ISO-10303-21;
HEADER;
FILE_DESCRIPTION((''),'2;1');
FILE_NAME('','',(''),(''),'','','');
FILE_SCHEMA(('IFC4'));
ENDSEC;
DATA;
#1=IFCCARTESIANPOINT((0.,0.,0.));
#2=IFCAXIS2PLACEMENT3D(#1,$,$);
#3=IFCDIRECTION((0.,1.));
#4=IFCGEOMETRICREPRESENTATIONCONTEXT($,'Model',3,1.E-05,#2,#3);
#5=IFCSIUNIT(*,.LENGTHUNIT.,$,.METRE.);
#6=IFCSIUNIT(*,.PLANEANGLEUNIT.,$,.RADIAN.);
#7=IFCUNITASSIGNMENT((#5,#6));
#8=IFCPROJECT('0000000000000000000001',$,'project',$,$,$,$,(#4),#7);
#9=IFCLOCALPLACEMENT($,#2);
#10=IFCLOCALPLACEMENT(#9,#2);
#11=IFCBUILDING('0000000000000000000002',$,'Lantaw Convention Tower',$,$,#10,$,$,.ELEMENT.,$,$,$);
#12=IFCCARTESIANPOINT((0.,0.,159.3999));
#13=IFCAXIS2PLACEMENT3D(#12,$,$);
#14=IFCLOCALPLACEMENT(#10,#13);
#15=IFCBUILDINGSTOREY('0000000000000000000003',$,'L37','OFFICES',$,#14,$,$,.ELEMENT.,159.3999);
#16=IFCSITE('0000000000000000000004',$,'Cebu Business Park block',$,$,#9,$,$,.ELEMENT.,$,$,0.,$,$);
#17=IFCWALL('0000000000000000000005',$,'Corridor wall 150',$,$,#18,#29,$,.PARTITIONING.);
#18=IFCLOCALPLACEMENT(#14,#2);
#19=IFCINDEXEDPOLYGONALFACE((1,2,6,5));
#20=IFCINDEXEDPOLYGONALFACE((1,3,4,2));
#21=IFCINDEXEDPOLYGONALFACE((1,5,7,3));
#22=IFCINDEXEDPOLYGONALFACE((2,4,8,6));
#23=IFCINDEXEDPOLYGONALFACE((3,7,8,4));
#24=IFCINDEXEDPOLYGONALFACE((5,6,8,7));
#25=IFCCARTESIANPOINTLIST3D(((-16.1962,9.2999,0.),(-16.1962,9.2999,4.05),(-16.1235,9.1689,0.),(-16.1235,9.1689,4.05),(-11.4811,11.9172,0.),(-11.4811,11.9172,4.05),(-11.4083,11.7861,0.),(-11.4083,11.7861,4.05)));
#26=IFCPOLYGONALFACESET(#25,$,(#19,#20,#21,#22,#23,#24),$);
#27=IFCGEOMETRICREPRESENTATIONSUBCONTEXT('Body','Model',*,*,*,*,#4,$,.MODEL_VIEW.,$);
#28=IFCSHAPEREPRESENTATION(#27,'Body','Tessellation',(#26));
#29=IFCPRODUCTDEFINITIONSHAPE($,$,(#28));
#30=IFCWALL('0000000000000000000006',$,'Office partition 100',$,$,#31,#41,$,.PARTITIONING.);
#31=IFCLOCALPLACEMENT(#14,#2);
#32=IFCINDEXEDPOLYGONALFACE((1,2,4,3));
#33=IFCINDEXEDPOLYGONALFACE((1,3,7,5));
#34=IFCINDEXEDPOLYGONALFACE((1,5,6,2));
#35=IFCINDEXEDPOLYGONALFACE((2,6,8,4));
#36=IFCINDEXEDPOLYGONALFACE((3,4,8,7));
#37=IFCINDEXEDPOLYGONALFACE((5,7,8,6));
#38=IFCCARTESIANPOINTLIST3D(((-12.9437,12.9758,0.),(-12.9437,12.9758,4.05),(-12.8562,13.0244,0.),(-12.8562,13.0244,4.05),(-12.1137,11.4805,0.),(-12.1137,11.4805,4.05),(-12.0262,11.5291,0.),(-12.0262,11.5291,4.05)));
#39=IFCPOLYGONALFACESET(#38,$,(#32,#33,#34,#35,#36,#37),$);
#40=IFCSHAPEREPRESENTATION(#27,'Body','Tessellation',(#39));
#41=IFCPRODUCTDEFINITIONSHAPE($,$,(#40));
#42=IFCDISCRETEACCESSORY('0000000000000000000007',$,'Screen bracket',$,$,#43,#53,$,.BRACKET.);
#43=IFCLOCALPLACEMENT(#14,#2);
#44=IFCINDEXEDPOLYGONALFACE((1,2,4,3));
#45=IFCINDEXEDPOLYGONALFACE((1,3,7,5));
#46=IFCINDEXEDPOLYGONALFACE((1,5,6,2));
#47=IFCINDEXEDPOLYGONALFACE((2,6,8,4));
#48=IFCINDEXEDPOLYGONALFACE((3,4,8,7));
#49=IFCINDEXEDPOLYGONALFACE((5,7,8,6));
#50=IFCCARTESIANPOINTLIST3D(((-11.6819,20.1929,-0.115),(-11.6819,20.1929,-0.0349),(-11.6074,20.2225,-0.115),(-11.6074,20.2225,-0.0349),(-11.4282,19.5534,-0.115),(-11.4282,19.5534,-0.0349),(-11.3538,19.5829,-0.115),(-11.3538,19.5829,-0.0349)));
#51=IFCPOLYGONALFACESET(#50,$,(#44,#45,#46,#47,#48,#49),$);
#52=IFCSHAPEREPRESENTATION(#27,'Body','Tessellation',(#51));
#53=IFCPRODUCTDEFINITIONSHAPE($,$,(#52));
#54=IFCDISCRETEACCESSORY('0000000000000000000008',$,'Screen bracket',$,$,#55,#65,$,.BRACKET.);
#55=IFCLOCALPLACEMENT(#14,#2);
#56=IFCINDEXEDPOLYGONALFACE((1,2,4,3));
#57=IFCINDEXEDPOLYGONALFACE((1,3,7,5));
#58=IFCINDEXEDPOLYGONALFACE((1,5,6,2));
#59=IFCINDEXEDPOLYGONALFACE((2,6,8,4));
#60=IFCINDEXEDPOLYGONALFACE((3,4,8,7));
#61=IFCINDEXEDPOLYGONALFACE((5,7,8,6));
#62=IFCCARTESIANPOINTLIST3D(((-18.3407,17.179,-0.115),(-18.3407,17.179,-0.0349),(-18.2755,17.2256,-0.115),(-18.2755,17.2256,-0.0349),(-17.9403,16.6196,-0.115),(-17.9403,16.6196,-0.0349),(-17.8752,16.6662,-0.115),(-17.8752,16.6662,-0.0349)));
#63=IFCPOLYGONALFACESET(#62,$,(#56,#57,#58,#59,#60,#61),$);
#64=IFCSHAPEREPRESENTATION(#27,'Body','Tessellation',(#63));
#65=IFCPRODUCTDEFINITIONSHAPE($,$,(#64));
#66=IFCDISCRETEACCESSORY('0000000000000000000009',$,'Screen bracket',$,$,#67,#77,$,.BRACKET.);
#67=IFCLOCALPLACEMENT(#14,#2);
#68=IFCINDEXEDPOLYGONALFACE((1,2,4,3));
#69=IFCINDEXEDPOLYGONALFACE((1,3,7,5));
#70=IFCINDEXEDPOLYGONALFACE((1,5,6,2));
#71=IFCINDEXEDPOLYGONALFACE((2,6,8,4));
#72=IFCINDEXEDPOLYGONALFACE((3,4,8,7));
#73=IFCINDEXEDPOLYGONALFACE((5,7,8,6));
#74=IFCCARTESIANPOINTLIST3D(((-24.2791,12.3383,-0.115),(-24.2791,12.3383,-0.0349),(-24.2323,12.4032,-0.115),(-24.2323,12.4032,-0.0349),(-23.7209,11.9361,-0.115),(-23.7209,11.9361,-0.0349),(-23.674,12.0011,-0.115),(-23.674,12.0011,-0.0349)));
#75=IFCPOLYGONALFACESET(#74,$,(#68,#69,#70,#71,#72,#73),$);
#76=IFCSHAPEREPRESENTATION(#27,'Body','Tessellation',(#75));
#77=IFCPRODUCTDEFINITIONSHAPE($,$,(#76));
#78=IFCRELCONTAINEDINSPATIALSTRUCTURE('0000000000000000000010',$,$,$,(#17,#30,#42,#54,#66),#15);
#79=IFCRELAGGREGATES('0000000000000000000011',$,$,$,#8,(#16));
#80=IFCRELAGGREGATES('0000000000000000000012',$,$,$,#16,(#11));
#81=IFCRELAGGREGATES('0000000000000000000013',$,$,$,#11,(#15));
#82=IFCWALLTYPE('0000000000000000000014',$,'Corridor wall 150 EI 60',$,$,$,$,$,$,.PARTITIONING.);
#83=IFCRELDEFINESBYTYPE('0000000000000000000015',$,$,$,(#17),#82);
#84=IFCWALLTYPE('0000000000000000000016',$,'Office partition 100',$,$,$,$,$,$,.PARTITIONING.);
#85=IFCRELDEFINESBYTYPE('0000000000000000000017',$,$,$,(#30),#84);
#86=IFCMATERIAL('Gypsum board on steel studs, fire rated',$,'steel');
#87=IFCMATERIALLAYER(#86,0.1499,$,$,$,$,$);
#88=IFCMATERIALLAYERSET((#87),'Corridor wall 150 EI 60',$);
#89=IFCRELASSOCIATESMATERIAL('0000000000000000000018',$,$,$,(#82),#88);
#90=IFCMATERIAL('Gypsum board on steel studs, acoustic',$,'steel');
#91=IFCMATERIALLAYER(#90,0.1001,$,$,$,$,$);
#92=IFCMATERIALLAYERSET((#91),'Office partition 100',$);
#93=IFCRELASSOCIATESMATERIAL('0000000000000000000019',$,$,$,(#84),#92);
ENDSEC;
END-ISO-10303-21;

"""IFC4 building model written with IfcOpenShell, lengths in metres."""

from ifc_helpers import new_model, si_unit, direction, frame, frame_2d, origin, origin_2d, place, context, subcontext, project, spatial, rectangle, extrude, material, layer, layer_set, type_object, element, save


model = new_model("IFC4")

# Units and contexts
model_context = context("Model", 3, precision=1e-05, world=origin(), true_north=direction((0.0, 1.0)))
body_context = subcontext(model_context, "Body", "Model", "MODEL_VIEW")
ifc_project = project(units=[si_unit("LENGTHUNIT", "METRE"), si_unit("PLANEANGLEUNIT", "RADIAN")], contexts=[model_context])

# Site, building, storey
site_placement = place(None, origin())
site = spatial("IfcSite", under=ifc_project, at=site_placement, Name="Cebu Business Park block", CompositionType="ELEMENT", RefElevation=0.0)
building_placement = place(site_placement, origin())
building = spatial("IfcBuilding", under=site, at=building_placement, Name="Lantaw Convention Tower", CompositionType="ELEMENT")
storey_placement = place(building_placement, frame((0.0, 0.0, 159.3999)))
storey = spatial("IfcBuildingStorey", under=building, at=storey_placement, Name="L37", Description="OFFICES", CompositionType="ELEMENT", Elevation=159.3999)

# Walls
ifc_material_1 = material(Name="Gypsum board on steel studs, fire rated", Category="steel")
ifc_layer_1 = layer(ifc_material_1, 0.1499)
ifc_layer_set_1 = layer_set([ifc_layer_1], Name="Corridor wall 150 EI 60")
wall_type_1 = type_object("IfcWallType", Name="Corridor wall 150 EI 60", PredefinedType="PARTITIONING", material=ifc_layer_set_1)
wall_1_placement = place(storey_placement, frame((-11.4448, 11.8516, 0.0), z_axis=(0.0, 0.0, 1.0), x_axis=(-0.874339, -0.485316, 0.0)))
element("IfcWall", 1, at=wall_1_placement, inside=storey, type_object=wall_type_1, Name="Corridor wall 150", PredefinedType="PARTITIONING", context=body_context, shape_type="SweptSolid", body=[
    extrude(rectangle(XDim=5.3928, YDim=0.1499, at=frame_2d((2.6963, 0.0))), origin(), (0.0, 0.0, 1.0), 4.05),
])
ifc_material_2 = material(Name="Gypsum board on steel studs, acoustic", Category="steel")
ifc_layer_2 = layer(ifc_material_2, 0.1001)
ifc_layer_set_2 = layer_set([ifc_layer_2], Name="Office partition 100")
wall_type_2 = type_object("IfcWallType", Name="Office partition 100", PredefinedType="PARTITIONING", material=ifc_layer_set_2)
wall_2_placement = place(storey_placement, frame((-12.8999, 13.0, 0.0), z_axis=(0.0, 0.0, 1.0), x_axis=(0.48534, -0.874326, 0.0)))
element("IfcWall", 2, at=wall_2_placement, inside=storey, type_object=wall_type_2, Name="Office partition 100", PredefinedType="PARTITIONING", context=body_context, shape_type="SweptSolid", body=[
    extrude(rectangle(XDim=1.7102, YDim=0.1001, at=frame_2d((0.855, 0.0))), origin(), (0.0, 0.0, 1.0), 4.05),
])

# Discrete accessories
for number, where, z_axis, x_axis, name in (
    (3, (-11.5178, 19.8879, -0.115), (0.0, 0.0, 1.0), (-0.929548, -0.368702, 0.0), "Screen bracket"),
    (4, (-18.1079, 16.9226, -0.115), (0.0, 0.0, 1.0), (-0.813208, -0.581973, 0.0), "Screen bracket"),
    (5, (-23.9766, 12.1697, -0.115), (0.0, 0.0, 1.0), (-0.584513, -0.811385, 0.0), "Screen bracket"),
):
    element("IfcDiscreteAccessory", number, at=place(storey_placement, frame(where, z_axis=z_axis, x_axis=x_axis)), inside=storey, Name=name, PredefinedType="BRACKET", context=body_context, shape_type="SweptSolid", body=[
        extrude(rectangle(XDim=0.0801, YDim=0.688, at=origin_2d()), origin(), (0.0, 0.0, 1.0), 0.0801),
    ])

save(model, "model.ifc")
